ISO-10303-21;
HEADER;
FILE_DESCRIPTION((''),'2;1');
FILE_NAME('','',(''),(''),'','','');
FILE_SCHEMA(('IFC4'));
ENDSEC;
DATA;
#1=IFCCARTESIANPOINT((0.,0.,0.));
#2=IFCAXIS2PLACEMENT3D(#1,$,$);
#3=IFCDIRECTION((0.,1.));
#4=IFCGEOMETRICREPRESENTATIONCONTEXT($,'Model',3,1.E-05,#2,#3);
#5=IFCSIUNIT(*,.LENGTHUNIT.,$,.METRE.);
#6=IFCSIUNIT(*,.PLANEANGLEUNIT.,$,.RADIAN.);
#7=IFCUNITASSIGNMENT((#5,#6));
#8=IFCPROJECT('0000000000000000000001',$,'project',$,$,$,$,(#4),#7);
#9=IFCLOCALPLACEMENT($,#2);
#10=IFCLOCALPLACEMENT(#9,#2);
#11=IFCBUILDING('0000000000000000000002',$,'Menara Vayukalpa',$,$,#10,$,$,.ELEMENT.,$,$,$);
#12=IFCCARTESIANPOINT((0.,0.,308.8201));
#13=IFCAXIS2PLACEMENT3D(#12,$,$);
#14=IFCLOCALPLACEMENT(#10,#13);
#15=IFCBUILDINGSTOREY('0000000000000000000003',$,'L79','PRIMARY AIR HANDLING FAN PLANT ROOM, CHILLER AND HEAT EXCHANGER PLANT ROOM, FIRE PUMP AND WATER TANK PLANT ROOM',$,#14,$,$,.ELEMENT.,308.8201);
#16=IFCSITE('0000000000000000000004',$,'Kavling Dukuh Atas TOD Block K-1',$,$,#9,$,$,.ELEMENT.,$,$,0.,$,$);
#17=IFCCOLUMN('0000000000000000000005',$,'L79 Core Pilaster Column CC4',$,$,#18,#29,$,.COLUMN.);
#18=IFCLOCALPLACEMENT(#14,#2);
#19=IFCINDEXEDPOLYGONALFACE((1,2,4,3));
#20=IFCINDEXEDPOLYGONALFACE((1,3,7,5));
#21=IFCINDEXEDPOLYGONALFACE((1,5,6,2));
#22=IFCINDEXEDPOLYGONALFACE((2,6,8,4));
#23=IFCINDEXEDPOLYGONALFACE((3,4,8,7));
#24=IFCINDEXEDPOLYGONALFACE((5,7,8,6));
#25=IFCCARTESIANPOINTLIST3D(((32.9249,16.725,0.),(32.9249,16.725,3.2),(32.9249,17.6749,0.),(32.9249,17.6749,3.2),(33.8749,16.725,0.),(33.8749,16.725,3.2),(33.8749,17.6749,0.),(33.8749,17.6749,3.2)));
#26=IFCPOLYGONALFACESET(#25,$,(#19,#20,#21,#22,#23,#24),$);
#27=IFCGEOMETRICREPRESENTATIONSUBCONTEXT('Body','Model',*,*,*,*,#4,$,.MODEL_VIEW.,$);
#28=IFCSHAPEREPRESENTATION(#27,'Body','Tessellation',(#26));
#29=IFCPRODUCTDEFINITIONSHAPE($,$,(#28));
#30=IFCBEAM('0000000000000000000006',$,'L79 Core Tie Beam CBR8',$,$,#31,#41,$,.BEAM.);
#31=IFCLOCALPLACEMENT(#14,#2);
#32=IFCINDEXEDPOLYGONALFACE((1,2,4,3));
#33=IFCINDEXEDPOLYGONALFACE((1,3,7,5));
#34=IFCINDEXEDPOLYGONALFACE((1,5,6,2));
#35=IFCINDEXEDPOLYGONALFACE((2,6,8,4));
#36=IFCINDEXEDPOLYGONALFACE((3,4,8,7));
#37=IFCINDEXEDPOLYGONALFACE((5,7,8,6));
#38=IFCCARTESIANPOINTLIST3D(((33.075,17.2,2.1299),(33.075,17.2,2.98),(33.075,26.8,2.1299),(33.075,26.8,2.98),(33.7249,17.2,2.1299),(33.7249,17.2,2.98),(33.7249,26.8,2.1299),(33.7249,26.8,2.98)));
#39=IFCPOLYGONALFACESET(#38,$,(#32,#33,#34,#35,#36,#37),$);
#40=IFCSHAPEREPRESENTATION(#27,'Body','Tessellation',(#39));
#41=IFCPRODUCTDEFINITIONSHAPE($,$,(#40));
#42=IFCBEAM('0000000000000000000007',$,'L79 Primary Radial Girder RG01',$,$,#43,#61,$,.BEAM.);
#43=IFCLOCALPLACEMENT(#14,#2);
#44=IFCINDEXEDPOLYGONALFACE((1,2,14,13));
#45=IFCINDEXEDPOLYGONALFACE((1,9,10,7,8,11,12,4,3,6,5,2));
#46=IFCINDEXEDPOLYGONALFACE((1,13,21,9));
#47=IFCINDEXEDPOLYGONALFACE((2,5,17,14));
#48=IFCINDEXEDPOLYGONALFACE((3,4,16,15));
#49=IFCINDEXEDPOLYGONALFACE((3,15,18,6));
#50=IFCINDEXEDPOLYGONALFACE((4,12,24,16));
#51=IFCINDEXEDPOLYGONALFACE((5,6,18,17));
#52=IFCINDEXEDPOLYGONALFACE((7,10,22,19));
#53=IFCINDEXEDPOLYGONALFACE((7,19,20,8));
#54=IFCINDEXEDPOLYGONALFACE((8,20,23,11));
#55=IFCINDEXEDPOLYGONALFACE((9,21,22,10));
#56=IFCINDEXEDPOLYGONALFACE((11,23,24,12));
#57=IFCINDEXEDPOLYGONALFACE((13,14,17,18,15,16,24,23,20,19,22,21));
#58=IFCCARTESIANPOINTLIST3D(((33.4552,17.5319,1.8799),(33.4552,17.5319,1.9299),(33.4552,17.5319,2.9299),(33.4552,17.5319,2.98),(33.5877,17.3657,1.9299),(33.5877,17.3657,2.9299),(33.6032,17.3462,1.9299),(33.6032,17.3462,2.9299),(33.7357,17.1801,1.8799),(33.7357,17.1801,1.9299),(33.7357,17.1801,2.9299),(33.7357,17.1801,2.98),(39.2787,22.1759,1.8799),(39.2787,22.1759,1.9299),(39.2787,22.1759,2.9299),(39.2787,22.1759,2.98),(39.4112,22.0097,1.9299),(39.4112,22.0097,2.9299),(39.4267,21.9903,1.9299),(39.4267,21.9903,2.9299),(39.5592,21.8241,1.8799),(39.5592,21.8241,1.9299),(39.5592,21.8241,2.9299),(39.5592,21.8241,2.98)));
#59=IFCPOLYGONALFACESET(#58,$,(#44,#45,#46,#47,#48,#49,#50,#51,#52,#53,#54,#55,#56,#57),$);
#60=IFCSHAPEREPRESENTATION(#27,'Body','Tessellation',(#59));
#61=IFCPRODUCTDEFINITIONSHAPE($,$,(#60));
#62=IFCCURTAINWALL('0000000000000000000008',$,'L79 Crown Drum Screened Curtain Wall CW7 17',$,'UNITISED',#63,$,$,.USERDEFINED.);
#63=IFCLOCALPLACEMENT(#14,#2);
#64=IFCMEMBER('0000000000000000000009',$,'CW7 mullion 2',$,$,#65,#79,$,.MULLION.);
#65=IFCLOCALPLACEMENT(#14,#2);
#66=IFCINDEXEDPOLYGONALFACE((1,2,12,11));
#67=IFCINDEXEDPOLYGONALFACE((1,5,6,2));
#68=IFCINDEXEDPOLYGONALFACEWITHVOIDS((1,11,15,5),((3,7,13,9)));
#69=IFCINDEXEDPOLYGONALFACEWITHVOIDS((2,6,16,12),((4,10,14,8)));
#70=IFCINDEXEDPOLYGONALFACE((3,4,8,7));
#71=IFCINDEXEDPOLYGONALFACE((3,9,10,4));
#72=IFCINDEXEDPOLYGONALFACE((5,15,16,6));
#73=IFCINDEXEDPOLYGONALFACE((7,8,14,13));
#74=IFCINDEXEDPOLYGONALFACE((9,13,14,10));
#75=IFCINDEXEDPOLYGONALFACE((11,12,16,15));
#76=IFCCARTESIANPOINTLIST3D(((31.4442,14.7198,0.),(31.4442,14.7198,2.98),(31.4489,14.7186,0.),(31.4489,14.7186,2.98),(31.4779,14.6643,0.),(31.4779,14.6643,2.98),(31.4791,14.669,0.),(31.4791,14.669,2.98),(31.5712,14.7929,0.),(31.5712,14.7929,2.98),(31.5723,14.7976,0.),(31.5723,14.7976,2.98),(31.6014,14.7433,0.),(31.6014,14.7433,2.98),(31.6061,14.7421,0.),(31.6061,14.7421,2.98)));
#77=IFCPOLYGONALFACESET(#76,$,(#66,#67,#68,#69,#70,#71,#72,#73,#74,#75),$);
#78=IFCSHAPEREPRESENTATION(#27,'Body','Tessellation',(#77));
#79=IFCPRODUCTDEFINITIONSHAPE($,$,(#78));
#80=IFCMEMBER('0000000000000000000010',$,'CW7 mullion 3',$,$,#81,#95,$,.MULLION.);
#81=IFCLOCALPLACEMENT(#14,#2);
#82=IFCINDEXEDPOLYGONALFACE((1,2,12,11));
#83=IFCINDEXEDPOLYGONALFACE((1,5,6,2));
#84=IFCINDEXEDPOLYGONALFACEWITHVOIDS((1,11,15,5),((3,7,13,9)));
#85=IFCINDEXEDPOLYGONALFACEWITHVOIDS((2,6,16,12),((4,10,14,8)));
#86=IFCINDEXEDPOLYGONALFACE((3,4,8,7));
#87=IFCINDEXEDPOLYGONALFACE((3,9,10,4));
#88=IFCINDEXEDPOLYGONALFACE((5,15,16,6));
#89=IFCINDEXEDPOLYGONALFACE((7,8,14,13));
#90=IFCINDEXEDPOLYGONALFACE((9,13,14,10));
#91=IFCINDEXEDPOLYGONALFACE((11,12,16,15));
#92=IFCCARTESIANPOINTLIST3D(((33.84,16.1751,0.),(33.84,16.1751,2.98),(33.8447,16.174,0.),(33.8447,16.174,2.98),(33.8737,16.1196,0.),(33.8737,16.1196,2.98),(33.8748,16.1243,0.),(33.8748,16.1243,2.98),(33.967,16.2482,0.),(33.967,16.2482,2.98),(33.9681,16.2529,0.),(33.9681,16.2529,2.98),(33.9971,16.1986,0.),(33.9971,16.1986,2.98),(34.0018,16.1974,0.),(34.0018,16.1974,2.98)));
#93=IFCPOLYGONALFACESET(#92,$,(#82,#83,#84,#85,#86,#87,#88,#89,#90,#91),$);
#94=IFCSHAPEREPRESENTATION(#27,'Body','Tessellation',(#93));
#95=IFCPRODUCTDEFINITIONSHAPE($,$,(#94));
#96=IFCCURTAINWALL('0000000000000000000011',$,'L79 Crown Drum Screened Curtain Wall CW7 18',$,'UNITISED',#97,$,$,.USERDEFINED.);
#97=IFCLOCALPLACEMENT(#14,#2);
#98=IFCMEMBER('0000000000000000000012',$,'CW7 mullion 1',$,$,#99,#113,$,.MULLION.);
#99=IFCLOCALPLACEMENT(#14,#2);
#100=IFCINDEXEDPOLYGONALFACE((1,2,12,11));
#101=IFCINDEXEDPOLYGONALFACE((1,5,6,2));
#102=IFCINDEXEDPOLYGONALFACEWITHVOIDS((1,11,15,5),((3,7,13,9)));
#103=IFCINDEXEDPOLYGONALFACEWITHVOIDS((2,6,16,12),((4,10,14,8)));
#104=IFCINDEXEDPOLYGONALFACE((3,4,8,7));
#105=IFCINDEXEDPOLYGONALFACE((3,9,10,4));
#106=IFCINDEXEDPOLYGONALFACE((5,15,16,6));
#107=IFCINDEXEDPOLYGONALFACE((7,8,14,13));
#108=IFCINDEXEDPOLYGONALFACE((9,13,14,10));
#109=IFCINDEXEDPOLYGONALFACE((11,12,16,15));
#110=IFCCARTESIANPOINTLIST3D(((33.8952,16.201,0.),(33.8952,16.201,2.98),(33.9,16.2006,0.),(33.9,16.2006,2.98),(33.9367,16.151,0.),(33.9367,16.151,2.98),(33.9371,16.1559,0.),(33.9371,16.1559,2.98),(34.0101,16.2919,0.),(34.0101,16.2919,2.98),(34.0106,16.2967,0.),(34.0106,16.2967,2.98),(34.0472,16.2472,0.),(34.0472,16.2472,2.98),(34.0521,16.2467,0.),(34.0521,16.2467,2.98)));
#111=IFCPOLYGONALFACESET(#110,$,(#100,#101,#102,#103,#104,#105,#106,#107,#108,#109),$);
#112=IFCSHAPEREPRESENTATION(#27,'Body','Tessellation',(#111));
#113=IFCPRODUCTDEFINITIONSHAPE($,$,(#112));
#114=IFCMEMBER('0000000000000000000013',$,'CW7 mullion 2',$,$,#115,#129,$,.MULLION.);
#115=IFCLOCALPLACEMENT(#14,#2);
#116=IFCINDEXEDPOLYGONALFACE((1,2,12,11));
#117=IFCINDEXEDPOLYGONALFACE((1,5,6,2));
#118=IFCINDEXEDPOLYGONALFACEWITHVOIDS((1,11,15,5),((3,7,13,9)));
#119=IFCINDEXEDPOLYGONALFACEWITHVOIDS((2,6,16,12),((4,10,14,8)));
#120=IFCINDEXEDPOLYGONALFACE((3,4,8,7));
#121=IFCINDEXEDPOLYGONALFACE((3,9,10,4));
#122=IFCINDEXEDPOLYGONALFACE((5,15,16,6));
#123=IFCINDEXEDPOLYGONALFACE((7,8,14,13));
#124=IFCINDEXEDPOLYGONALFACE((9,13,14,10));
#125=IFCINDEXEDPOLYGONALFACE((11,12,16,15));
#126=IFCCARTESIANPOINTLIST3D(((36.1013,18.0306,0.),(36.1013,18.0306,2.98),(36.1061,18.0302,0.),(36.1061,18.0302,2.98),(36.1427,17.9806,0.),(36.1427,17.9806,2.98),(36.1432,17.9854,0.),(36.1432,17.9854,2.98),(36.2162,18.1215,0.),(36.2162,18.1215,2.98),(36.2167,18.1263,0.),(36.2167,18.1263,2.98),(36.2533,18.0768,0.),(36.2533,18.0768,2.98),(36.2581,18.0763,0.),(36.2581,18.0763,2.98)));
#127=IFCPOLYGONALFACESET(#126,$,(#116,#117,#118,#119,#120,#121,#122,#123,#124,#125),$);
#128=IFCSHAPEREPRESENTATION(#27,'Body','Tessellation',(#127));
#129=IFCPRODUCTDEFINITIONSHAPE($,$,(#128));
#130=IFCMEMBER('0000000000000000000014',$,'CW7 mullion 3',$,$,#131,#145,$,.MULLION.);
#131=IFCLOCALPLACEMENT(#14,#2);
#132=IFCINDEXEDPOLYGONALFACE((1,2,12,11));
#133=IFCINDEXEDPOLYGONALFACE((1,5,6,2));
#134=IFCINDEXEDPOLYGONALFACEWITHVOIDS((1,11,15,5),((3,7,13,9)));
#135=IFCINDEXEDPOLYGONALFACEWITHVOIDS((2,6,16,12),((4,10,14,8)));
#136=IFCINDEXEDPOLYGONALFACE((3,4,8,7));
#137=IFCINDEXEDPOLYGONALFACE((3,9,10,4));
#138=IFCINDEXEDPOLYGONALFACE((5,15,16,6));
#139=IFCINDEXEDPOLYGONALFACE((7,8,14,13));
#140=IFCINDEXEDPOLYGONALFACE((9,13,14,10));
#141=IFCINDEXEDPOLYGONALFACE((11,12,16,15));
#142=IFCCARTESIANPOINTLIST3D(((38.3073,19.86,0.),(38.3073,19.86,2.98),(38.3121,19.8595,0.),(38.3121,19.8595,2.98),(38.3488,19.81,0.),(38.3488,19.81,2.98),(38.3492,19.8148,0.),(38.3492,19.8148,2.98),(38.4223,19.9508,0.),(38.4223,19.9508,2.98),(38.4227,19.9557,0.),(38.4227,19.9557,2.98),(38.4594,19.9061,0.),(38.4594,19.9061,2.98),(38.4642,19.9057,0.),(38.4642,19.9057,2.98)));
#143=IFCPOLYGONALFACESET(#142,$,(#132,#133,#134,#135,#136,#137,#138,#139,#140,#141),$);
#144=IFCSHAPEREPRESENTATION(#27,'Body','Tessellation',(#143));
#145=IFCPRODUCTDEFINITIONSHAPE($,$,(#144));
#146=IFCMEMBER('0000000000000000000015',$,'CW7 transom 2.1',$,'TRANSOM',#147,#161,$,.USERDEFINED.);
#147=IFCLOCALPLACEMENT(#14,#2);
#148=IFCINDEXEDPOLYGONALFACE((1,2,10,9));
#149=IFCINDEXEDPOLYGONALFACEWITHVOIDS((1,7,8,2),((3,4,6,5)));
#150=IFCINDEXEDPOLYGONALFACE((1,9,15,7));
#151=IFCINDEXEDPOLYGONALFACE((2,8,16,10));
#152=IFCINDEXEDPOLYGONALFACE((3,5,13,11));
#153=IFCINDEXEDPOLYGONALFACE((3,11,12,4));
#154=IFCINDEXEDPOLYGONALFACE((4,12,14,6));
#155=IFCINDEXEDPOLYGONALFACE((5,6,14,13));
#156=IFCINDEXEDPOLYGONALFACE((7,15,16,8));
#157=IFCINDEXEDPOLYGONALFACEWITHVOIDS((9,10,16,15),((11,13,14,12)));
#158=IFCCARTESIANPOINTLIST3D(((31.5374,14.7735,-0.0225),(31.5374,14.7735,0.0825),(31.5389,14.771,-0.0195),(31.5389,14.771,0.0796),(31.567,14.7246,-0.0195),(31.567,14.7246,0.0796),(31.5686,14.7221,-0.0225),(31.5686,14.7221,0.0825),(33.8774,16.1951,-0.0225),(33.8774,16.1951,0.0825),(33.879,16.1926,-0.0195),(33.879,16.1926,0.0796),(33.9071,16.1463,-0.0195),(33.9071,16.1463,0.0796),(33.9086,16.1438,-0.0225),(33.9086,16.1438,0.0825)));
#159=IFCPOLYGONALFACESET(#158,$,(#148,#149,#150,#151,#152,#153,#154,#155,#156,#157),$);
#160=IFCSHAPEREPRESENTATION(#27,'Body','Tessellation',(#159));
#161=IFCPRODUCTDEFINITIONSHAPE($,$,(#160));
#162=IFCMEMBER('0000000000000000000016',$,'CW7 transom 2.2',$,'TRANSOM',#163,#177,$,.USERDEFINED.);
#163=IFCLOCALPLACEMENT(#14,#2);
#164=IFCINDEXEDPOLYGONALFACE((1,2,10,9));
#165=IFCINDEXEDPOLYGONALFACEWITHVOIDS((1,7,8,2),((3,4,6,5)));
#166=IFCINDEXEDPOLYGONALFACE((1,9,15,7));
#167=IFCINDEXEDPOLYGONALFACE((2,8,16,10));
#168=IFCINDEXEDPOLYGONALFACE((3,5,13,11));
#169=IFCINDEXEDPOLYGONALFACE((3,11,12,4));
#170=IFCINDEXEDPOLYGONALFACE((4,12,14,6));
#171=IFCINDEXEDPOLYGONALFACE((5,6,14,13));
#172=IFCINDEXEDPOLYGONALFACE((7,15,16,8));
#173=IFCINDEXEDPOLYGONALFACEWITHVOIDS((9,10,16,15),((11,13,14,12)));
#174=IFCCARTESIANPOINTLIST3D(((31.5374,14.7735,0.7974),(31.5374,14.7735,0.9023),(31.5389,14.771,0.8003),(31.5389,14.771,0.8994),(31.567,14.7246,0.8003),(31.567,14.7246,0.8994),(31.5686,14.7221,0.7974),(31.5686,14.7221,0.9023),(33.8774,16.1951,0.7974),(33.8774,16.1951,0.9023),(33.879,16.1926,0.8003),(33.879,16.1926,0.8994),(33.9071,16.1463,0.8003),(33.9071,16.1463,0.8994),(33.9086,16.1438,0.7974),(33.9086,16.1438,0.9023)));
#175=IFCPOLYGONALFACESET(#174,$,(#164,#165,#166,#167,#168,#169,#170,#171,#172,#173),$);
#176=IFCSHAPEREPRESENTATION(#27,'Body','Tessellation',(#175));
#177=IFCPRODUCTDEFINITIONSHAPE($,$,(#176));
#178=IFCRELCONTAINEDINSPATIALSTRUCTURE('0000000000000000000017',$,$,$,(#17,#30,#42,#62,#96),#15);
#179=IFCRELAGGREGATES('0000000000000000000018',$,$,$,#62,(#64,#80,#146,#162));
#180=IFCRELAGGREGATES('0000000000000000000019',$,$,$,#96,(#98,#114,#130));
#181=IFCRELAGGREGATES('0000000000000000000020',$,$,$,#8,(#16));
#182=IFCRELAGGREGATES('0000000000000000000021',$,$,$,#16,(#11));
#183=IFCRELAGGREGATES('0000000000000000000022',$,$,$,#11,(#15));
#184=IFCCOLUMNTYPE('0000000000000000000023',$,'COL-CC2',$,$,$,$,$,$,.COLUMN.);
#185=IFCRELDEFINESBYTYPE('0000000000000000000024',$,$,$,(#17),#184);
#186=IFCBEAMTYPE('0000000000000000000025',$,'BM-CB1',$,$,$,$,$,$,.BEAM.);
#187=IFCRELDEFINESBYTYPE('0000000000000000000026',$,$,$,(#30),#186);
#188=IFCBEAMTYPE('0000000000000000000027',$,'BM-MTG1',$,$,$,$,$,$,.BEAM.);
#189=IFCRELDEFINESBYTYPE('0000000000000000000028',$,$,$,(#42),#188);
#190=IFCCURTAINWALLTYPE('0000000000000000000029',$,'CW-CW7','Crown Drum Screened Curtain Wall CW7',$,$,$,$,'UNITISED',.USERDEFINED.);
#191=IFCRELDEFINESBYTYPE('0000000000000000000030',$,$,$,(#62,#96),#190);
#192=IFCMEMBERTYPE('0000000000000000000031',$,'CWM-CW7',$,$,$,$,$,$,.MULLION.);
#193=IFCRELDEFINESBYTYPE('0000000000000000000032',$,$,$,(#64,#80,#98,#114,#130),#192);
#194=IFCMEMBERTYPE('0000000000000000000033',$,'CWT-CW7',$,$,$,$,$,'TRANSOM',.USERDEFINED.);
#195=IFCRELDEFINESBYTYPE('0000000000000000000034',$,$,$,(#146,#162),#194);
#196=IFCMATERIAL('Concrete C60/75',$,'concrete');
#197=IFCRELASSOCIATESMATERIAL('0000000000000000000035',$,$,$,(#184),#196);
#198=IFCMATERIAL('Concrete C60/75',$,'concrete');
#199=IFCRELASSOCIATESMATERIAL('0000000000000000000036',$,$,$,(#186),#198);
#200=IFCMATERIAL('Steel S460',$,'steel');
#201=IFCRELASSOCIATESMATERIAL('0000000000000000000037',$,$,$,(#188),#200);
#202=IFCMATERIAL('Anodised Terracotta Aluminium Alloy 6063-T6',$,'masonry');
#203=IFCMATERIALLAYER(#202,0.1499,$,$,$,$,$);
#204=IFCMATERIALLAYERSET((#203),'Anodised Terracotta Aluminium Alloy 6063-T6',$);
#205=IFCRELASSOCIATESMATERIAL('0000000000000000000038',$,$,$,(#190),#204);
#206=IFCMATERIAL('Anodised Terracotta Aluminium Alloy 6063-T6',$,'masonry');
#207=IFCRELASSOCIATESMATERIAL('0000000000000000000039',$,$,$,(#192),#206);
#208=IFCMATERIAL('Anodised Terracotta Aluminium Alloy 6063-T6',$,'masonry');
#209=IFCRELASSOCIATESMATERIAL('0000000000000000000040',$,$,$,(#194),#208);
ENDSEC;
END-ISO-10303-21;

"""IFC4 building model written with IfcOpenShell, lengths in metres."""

from ifc_helpers import new_model, si_unit, direction, frame, origin, origin_2d, place, context, subcontext, project, spatial, rectangle, hollow_rectangle, i_section, extrude, material, layer, layer_set, material_profile, profile_set, type_object, element, aggregate, save


model = new_model("IFC4")

# Units and contexts
model_context = context("Model", 3, precision=1e-05, world=origin(), true_north=direction((0.0, 1.0)))
body_context = subcontext(model_context, "Body", "Model", "MODEL_VIEW")
ifc_project = project(units=[si_unit("LENGTHUNIT", "METRE"), si_unit("PLANEANGLEUNIT", "RADIAN")], contexts=[model_context])

# Site, building, storey
site_placement = place(None, origin())
site = spatial("IfcSite", under=ifc_project, at=site_placement, Name="Kavling Dukuh Atas TOD Block K-1", CompositionType="ELEMENT", RefElevation=0.0)
building_placement = place(site_placement, origin())
building = spatial("IfcBuilding", under=site, at=building_placement, Name="Menara Vayukalpa", CompositionType="ELEMENT")
storey_placement = place(building_placement, frame((0.0, 0.0, 308.8201)))
storey = spatial("IfcBuildingStorey", under=building, at=storey_placement, Name="L79", Description="PRIMARY AIR HANDLING FAN PLANT ROOM, CHILLER AND HEAT EXCHANGER PLANT ROOM, FIRE PUMP AND WATER TANK PLANT ROOM", CompositionType="ELEMENT", Elevation=308.8201)

# Column
ifc_material_1 = material(Name="Concrete C60/75", Category="concrete")
ifc_material_profile_1 = material_profile(ifc_material_1, rectangle(XDim=0.95, YDim=0.95, at=origin_2d()), Name="RC 950x950")
ifc_profile_set_1 = profile_set([ifc_material_profile_1], Name="Concrete C60/75")
column_type = type_object("IfcColumnType", Name="COL-CC2", PredefinedType="COLUMN", material=ifc_profile_set_1)
column_placement = place(storey_placement, frame((33.3999, 17.2, 0.0), z_axis=(0.0, 0.0, 1.0), x_axis=(1.0, 0.0, 0.0)))
element("IfcColumn", 1, at=column_placement, inside=storey, type_object=column_type, Name="L79 Core Pilaster Column CC4", PredefinedType="COLUMN", context=body_context, shape_type="SweptSolid", body=[
    extrude(rectangle(XDim=0.95, YDim=0.95, at=origin_2d()), origin(), (0.0, 0.0, 1.0), 3.2),
])

# Beams
ifc_material_2 = material(Name="Concrete C60/75", Category="concrete")
ifc_material_profile_2 = material_profile(ifc_material_2, rectangle(XDim=0.6499, YDim=0.8501, at=origin_2d()), Name="RC 650x850")
ifc_profile_set_2 = profile_set([ifc_material_profile_2], Name="Concrete C60/75")
beam_type_1 = type_object("IfcBeamType", Name="BM-CB1", PredefinedType="BEAM", material=ifc_profile_set_2)
beam_1_placement = place(storey_placement, frame((33.3999, 17.2, 2.5549), z_axis=(0.0, 1.0, 0.0), x_axis=(-1.0, 0.0, 0.0)))
element("IfcBeam", 2, at=beam_1_placement, inside=storey, type_object=beam_type_1, Name="L79 Core Tie Beam CBR8", PredefinedType="BEAM", context=body_context, shape_type="SweptSolid", body=[
    extrude(rectangle(XDim=0.6499, YDim=0.8501, at=origin_2d()), origin(), (0.0, 0.0, 1.0), 9.6001),
])
ifc_material_3 = material(Name="Steel S460", Category="steel")
ifc_material_profile_3 = material_profile(ifc_material_3, i_section(OverallWidth=0.45, OverallDepth=1.1001, WebThickness=0.0249, FlangeThickness=0.05, at=origin_2d()), Name="WG 1100x450x25x50")
ifc_profile_set_3 = profile_set([ifc_material_profile_3], Name="Steel S460")
beam_type_2 = type_object("IfcBeamType", Name="BM-MTG1", PredefinedType="BEAM", material=ifc_profile_set_3)
beam_2_placement = place(storey_placement, frame((33.5955, 17.356, 2.4299), z_axis=(0.781834, 0.623487, 0.0), x_axis=(-0.623487, 0.781834, 0.0)))
element("IfcBeam", 3, at=beam_2_placement, inside=storey, type_object=beam_type_2, Name="L79 Primary Radial Girder RG01", PredefinedType="BEAM", context=body_context, shape_type="SweptSolid", body=[
    extrude(i_section(OverallWidth=0.45, OverallDepth=1.1001, WebThickness=0.0249, FlangeThickness=0.05, at=origin_2d()), origin(), (0.0, 0.0, 1.0), 7.4485),
])

# Curtain walls, members
ifc_material_4 = material(Name="Anodised Terracotta Aluminium Alloy 6063-T6", Category="masonry")
ifc_layer_1 = layer(ifc_material_4, 0.1499)
ifc_layer_set_1 = layer_set([ifc_layer_1], Name="Anodised Terracotta Aluminium Alloy 6063-T6")
curtain_wall_type = type_object("IfcCurtainWallType", Name="CW-CW7", Description="Crown Drum Screened Curtain Wall CW7", ElementType="UNITISED", PredefinedType="USERDEFINED", material=ifc_layer_set_1)
curtain_wall_1_placement = place(storey_placement, origin())
curtain_wall_1 = element("IfcCurtainWall", 4, at=curtain_wall_1_placement, inside=storey, type_object=curtain_wall_type, Name="L79 Crown Drum Screened Curtain Wall CW7 17", ObjectType="UNITISED", PredefinedType="USERDEFINED")
ifc_material_5 = material(Name="Anodised Terracotta Aluminium Alloy 6063-T6", Category="masonry")
ifc_material_profile_4 = material_profile(ifc_material_5, hollow_rectangle(XDim=0.0649, YDim=0.1499, WallThickness=0.0034, at=origin_2d()), Name="ALU 65x150x3.5")
ifc_profile_set_4 = profile_set([ifc_material_profile_4], Name="Anodised Terracotta Aluminium Alloy 6063-T6")
member_type_1 = type_object("IfcMemberType", Name="CWM-CW7", PredefinedType="MULLION", material=ifc_profile_set_4)
member_1_placement = place(storey_placement, frame((31.5251, 14.731, 0.0), z_axis=(0.0, 0.0, 1.0), x_axis=(-0.519176, 0.854667, 0.0)))
member_1 = element("IfcMember", 5, at=member_1_placement, type_object=member_type_1, Name="CW7 mullion 2", PredefinedType="MULLION", context=body_context, shape_type="SweptSolid", body=[
    extrude(hollow_rectangle(XDim=0.0649, YDim=0.1499, WallThickness=0.0034, at=origin_2d()), origin(), (0.0, 0.0, 1.0), 2.98),
])
member_2_placement = place(storey_placement, frame((33.9209, 16.1863, 0.0), z_axis=(0.0, 0.0, 1.0), x_axis=(-0.519176, 0.854667, 0.0)))
member_2 = element("IfcMember", 6, at=member_2_placement, type_object=member_type_1, Name="CW7 mullion 3", PredefinedType="MULLION", context=body_context, shape_type="SweptSolid", body=[
    extrude(hollow_rectangle(XDim=0.0649, YDim=0.1499, WallThickness=0.0034, at=origin_2d()), origin(), (0.0, 0.0, 1.0), 2.98),
])
curtain_wall_2_placement = place(storey_placement, origin())
curtain_wall_2 = element("IfcCurtainWall", 7, at=curtain_wall_2_placement, inside=storey, type_object=curtain_wall_type, Name="L79 Crown Drum Screened Curtain Wall CW7 18", ObjectType="UNITISED", PredefinedType="USERDEFINED")
member_3_placement = place(storey_placement, frame((33.9736, 16.2239, 0.0), z_axis=(0.0, 0.0, 1.0), x_axis=(-0.638347, 0.769749, 0.0)))
member_3 = element("IfcMember", 8, at=member_3_placement, type_object=member_type_1, Name="CW7 mullion 1", PredefinedType="MULLION", context=body_context, shape_type="SweptSolid", body=[
    extrude(hollow_rectangle(XDim=0.0649, YDim=0.1499, WallThickness=0.0034, at=origin_2d()), origin(), (0.0, 0.0, 1.0), 2.98),
])
member_4_placement = place(storey_placement, frame((36.1797, 18.0535, 0.0), z_axis=(0.0, 0.0, 1.0), x_axis=(-0.638347, 0.769749, 0.0)))
member_4 = element("IfcMember", 9, at=member_4_placement, type_object=member_type_1, Name="CW7 mullion 2", PredefinedType="MULLION", context=body_context, shape_type="SweptSolid", body=[
    extrude(hollow_rectangle(XDim=0.0649, YDim=0.1499, WallThickness=0.0034, at=origin_2d()), origin(), (0.0, 0.0, 1.0), 2.98),
])
member_5_placement = place(storey_placement, frame((38.3857, 19.8828, 0.0), z_axis=(0.0, 0.0, 1.0), x_axis=(-0.638347, 0.769749, 0.0)))
member_5 = element("IfcMember", 10, at=member_5_placement, type_object=member_type_1, Name="CW7 mullion 3", PredefinedType="MULLION", context=body_context, shape_type="SweptSolid", body=[
    extrude(hollow_rectangle(XDim=0.0649, YDim=0.1499, WallThickness=0.0034, at=origin_2d()), origin(), (0.0, 0.0, 1.0), 2.98),
])

# Members
ifc_material_6 = material(Name="Anodised Terracotta Aluminium Alloy 6063-T6", Category="masonry")
ifc_material_profile_5 = material_profile(ifc_material_6, hollow_rectangle(XDim=0.0601, YDim=0.105, WallThickness=0.0029, at=origin_2d()), Name="ALU 60x105x3")
ifc_profile_set_5 = profile_set([ifc_material_profile_5], Name="Anodised Terracotta Aluminium Alloy 6063-T6")
member_type_2 = type_object("IfcMemberType", Name="CWT-CW7", ElementType="TRANSOM", PredefinedType="USERDEFINED", material=ifc_profile_set_5)
member_6_placement = place(storey_placement, frame((31.553, 14.7478, 0.03), z_axis=(0.854648, 0.519208, 0.0), x_axis=(-0.519208, 0.854648, 0.0)))
member_6 = element("IfcMember", 11, at=member_6_placement, type_object=member_type_2, Name="CW7 transom 2.1", ObjectType="TRANSOM", PredefinedType="USERDEFINED", context=body_context, shape_type="SweptSolid", body=[
    extrude(hollow_rectangle(XDim=0.0601, YDim=0.105, WallThickness=0.0029, at=origin_2d()), origin(), (0.0, 0.0, 1.0), 2.738),
])
member_7_placement = place(storey_placement, frame((31.553, 14.7478, 0.8499), z_axis=(0.854648, 0.519208, 0.0), x_axis=(-0.519208, 0.854648, 0.0)))
member_7 = element("IfcMember", 12, at=member_7_placement, type_object=member_type_2, Name="CW7 transom 2.2", ObjectType="TRANSOM", PredefinedType="USERDEFINED", context=body_context, shape_type="SweptSolid", body=[
    extrude(hollow_rectangle(XDim=0.0601, YDim=0.105, WallThickness=0.0029, at=origin_2d()), origin(), (0.0, 0.0, 1.0), 2.738),
])

aggregate(curtain_wall_1, [member_1, member_2, member_6, member_7])
aggregate(curtain_wall_2, [member_3, member_4, member_5])

save(model, "model.ifc")
